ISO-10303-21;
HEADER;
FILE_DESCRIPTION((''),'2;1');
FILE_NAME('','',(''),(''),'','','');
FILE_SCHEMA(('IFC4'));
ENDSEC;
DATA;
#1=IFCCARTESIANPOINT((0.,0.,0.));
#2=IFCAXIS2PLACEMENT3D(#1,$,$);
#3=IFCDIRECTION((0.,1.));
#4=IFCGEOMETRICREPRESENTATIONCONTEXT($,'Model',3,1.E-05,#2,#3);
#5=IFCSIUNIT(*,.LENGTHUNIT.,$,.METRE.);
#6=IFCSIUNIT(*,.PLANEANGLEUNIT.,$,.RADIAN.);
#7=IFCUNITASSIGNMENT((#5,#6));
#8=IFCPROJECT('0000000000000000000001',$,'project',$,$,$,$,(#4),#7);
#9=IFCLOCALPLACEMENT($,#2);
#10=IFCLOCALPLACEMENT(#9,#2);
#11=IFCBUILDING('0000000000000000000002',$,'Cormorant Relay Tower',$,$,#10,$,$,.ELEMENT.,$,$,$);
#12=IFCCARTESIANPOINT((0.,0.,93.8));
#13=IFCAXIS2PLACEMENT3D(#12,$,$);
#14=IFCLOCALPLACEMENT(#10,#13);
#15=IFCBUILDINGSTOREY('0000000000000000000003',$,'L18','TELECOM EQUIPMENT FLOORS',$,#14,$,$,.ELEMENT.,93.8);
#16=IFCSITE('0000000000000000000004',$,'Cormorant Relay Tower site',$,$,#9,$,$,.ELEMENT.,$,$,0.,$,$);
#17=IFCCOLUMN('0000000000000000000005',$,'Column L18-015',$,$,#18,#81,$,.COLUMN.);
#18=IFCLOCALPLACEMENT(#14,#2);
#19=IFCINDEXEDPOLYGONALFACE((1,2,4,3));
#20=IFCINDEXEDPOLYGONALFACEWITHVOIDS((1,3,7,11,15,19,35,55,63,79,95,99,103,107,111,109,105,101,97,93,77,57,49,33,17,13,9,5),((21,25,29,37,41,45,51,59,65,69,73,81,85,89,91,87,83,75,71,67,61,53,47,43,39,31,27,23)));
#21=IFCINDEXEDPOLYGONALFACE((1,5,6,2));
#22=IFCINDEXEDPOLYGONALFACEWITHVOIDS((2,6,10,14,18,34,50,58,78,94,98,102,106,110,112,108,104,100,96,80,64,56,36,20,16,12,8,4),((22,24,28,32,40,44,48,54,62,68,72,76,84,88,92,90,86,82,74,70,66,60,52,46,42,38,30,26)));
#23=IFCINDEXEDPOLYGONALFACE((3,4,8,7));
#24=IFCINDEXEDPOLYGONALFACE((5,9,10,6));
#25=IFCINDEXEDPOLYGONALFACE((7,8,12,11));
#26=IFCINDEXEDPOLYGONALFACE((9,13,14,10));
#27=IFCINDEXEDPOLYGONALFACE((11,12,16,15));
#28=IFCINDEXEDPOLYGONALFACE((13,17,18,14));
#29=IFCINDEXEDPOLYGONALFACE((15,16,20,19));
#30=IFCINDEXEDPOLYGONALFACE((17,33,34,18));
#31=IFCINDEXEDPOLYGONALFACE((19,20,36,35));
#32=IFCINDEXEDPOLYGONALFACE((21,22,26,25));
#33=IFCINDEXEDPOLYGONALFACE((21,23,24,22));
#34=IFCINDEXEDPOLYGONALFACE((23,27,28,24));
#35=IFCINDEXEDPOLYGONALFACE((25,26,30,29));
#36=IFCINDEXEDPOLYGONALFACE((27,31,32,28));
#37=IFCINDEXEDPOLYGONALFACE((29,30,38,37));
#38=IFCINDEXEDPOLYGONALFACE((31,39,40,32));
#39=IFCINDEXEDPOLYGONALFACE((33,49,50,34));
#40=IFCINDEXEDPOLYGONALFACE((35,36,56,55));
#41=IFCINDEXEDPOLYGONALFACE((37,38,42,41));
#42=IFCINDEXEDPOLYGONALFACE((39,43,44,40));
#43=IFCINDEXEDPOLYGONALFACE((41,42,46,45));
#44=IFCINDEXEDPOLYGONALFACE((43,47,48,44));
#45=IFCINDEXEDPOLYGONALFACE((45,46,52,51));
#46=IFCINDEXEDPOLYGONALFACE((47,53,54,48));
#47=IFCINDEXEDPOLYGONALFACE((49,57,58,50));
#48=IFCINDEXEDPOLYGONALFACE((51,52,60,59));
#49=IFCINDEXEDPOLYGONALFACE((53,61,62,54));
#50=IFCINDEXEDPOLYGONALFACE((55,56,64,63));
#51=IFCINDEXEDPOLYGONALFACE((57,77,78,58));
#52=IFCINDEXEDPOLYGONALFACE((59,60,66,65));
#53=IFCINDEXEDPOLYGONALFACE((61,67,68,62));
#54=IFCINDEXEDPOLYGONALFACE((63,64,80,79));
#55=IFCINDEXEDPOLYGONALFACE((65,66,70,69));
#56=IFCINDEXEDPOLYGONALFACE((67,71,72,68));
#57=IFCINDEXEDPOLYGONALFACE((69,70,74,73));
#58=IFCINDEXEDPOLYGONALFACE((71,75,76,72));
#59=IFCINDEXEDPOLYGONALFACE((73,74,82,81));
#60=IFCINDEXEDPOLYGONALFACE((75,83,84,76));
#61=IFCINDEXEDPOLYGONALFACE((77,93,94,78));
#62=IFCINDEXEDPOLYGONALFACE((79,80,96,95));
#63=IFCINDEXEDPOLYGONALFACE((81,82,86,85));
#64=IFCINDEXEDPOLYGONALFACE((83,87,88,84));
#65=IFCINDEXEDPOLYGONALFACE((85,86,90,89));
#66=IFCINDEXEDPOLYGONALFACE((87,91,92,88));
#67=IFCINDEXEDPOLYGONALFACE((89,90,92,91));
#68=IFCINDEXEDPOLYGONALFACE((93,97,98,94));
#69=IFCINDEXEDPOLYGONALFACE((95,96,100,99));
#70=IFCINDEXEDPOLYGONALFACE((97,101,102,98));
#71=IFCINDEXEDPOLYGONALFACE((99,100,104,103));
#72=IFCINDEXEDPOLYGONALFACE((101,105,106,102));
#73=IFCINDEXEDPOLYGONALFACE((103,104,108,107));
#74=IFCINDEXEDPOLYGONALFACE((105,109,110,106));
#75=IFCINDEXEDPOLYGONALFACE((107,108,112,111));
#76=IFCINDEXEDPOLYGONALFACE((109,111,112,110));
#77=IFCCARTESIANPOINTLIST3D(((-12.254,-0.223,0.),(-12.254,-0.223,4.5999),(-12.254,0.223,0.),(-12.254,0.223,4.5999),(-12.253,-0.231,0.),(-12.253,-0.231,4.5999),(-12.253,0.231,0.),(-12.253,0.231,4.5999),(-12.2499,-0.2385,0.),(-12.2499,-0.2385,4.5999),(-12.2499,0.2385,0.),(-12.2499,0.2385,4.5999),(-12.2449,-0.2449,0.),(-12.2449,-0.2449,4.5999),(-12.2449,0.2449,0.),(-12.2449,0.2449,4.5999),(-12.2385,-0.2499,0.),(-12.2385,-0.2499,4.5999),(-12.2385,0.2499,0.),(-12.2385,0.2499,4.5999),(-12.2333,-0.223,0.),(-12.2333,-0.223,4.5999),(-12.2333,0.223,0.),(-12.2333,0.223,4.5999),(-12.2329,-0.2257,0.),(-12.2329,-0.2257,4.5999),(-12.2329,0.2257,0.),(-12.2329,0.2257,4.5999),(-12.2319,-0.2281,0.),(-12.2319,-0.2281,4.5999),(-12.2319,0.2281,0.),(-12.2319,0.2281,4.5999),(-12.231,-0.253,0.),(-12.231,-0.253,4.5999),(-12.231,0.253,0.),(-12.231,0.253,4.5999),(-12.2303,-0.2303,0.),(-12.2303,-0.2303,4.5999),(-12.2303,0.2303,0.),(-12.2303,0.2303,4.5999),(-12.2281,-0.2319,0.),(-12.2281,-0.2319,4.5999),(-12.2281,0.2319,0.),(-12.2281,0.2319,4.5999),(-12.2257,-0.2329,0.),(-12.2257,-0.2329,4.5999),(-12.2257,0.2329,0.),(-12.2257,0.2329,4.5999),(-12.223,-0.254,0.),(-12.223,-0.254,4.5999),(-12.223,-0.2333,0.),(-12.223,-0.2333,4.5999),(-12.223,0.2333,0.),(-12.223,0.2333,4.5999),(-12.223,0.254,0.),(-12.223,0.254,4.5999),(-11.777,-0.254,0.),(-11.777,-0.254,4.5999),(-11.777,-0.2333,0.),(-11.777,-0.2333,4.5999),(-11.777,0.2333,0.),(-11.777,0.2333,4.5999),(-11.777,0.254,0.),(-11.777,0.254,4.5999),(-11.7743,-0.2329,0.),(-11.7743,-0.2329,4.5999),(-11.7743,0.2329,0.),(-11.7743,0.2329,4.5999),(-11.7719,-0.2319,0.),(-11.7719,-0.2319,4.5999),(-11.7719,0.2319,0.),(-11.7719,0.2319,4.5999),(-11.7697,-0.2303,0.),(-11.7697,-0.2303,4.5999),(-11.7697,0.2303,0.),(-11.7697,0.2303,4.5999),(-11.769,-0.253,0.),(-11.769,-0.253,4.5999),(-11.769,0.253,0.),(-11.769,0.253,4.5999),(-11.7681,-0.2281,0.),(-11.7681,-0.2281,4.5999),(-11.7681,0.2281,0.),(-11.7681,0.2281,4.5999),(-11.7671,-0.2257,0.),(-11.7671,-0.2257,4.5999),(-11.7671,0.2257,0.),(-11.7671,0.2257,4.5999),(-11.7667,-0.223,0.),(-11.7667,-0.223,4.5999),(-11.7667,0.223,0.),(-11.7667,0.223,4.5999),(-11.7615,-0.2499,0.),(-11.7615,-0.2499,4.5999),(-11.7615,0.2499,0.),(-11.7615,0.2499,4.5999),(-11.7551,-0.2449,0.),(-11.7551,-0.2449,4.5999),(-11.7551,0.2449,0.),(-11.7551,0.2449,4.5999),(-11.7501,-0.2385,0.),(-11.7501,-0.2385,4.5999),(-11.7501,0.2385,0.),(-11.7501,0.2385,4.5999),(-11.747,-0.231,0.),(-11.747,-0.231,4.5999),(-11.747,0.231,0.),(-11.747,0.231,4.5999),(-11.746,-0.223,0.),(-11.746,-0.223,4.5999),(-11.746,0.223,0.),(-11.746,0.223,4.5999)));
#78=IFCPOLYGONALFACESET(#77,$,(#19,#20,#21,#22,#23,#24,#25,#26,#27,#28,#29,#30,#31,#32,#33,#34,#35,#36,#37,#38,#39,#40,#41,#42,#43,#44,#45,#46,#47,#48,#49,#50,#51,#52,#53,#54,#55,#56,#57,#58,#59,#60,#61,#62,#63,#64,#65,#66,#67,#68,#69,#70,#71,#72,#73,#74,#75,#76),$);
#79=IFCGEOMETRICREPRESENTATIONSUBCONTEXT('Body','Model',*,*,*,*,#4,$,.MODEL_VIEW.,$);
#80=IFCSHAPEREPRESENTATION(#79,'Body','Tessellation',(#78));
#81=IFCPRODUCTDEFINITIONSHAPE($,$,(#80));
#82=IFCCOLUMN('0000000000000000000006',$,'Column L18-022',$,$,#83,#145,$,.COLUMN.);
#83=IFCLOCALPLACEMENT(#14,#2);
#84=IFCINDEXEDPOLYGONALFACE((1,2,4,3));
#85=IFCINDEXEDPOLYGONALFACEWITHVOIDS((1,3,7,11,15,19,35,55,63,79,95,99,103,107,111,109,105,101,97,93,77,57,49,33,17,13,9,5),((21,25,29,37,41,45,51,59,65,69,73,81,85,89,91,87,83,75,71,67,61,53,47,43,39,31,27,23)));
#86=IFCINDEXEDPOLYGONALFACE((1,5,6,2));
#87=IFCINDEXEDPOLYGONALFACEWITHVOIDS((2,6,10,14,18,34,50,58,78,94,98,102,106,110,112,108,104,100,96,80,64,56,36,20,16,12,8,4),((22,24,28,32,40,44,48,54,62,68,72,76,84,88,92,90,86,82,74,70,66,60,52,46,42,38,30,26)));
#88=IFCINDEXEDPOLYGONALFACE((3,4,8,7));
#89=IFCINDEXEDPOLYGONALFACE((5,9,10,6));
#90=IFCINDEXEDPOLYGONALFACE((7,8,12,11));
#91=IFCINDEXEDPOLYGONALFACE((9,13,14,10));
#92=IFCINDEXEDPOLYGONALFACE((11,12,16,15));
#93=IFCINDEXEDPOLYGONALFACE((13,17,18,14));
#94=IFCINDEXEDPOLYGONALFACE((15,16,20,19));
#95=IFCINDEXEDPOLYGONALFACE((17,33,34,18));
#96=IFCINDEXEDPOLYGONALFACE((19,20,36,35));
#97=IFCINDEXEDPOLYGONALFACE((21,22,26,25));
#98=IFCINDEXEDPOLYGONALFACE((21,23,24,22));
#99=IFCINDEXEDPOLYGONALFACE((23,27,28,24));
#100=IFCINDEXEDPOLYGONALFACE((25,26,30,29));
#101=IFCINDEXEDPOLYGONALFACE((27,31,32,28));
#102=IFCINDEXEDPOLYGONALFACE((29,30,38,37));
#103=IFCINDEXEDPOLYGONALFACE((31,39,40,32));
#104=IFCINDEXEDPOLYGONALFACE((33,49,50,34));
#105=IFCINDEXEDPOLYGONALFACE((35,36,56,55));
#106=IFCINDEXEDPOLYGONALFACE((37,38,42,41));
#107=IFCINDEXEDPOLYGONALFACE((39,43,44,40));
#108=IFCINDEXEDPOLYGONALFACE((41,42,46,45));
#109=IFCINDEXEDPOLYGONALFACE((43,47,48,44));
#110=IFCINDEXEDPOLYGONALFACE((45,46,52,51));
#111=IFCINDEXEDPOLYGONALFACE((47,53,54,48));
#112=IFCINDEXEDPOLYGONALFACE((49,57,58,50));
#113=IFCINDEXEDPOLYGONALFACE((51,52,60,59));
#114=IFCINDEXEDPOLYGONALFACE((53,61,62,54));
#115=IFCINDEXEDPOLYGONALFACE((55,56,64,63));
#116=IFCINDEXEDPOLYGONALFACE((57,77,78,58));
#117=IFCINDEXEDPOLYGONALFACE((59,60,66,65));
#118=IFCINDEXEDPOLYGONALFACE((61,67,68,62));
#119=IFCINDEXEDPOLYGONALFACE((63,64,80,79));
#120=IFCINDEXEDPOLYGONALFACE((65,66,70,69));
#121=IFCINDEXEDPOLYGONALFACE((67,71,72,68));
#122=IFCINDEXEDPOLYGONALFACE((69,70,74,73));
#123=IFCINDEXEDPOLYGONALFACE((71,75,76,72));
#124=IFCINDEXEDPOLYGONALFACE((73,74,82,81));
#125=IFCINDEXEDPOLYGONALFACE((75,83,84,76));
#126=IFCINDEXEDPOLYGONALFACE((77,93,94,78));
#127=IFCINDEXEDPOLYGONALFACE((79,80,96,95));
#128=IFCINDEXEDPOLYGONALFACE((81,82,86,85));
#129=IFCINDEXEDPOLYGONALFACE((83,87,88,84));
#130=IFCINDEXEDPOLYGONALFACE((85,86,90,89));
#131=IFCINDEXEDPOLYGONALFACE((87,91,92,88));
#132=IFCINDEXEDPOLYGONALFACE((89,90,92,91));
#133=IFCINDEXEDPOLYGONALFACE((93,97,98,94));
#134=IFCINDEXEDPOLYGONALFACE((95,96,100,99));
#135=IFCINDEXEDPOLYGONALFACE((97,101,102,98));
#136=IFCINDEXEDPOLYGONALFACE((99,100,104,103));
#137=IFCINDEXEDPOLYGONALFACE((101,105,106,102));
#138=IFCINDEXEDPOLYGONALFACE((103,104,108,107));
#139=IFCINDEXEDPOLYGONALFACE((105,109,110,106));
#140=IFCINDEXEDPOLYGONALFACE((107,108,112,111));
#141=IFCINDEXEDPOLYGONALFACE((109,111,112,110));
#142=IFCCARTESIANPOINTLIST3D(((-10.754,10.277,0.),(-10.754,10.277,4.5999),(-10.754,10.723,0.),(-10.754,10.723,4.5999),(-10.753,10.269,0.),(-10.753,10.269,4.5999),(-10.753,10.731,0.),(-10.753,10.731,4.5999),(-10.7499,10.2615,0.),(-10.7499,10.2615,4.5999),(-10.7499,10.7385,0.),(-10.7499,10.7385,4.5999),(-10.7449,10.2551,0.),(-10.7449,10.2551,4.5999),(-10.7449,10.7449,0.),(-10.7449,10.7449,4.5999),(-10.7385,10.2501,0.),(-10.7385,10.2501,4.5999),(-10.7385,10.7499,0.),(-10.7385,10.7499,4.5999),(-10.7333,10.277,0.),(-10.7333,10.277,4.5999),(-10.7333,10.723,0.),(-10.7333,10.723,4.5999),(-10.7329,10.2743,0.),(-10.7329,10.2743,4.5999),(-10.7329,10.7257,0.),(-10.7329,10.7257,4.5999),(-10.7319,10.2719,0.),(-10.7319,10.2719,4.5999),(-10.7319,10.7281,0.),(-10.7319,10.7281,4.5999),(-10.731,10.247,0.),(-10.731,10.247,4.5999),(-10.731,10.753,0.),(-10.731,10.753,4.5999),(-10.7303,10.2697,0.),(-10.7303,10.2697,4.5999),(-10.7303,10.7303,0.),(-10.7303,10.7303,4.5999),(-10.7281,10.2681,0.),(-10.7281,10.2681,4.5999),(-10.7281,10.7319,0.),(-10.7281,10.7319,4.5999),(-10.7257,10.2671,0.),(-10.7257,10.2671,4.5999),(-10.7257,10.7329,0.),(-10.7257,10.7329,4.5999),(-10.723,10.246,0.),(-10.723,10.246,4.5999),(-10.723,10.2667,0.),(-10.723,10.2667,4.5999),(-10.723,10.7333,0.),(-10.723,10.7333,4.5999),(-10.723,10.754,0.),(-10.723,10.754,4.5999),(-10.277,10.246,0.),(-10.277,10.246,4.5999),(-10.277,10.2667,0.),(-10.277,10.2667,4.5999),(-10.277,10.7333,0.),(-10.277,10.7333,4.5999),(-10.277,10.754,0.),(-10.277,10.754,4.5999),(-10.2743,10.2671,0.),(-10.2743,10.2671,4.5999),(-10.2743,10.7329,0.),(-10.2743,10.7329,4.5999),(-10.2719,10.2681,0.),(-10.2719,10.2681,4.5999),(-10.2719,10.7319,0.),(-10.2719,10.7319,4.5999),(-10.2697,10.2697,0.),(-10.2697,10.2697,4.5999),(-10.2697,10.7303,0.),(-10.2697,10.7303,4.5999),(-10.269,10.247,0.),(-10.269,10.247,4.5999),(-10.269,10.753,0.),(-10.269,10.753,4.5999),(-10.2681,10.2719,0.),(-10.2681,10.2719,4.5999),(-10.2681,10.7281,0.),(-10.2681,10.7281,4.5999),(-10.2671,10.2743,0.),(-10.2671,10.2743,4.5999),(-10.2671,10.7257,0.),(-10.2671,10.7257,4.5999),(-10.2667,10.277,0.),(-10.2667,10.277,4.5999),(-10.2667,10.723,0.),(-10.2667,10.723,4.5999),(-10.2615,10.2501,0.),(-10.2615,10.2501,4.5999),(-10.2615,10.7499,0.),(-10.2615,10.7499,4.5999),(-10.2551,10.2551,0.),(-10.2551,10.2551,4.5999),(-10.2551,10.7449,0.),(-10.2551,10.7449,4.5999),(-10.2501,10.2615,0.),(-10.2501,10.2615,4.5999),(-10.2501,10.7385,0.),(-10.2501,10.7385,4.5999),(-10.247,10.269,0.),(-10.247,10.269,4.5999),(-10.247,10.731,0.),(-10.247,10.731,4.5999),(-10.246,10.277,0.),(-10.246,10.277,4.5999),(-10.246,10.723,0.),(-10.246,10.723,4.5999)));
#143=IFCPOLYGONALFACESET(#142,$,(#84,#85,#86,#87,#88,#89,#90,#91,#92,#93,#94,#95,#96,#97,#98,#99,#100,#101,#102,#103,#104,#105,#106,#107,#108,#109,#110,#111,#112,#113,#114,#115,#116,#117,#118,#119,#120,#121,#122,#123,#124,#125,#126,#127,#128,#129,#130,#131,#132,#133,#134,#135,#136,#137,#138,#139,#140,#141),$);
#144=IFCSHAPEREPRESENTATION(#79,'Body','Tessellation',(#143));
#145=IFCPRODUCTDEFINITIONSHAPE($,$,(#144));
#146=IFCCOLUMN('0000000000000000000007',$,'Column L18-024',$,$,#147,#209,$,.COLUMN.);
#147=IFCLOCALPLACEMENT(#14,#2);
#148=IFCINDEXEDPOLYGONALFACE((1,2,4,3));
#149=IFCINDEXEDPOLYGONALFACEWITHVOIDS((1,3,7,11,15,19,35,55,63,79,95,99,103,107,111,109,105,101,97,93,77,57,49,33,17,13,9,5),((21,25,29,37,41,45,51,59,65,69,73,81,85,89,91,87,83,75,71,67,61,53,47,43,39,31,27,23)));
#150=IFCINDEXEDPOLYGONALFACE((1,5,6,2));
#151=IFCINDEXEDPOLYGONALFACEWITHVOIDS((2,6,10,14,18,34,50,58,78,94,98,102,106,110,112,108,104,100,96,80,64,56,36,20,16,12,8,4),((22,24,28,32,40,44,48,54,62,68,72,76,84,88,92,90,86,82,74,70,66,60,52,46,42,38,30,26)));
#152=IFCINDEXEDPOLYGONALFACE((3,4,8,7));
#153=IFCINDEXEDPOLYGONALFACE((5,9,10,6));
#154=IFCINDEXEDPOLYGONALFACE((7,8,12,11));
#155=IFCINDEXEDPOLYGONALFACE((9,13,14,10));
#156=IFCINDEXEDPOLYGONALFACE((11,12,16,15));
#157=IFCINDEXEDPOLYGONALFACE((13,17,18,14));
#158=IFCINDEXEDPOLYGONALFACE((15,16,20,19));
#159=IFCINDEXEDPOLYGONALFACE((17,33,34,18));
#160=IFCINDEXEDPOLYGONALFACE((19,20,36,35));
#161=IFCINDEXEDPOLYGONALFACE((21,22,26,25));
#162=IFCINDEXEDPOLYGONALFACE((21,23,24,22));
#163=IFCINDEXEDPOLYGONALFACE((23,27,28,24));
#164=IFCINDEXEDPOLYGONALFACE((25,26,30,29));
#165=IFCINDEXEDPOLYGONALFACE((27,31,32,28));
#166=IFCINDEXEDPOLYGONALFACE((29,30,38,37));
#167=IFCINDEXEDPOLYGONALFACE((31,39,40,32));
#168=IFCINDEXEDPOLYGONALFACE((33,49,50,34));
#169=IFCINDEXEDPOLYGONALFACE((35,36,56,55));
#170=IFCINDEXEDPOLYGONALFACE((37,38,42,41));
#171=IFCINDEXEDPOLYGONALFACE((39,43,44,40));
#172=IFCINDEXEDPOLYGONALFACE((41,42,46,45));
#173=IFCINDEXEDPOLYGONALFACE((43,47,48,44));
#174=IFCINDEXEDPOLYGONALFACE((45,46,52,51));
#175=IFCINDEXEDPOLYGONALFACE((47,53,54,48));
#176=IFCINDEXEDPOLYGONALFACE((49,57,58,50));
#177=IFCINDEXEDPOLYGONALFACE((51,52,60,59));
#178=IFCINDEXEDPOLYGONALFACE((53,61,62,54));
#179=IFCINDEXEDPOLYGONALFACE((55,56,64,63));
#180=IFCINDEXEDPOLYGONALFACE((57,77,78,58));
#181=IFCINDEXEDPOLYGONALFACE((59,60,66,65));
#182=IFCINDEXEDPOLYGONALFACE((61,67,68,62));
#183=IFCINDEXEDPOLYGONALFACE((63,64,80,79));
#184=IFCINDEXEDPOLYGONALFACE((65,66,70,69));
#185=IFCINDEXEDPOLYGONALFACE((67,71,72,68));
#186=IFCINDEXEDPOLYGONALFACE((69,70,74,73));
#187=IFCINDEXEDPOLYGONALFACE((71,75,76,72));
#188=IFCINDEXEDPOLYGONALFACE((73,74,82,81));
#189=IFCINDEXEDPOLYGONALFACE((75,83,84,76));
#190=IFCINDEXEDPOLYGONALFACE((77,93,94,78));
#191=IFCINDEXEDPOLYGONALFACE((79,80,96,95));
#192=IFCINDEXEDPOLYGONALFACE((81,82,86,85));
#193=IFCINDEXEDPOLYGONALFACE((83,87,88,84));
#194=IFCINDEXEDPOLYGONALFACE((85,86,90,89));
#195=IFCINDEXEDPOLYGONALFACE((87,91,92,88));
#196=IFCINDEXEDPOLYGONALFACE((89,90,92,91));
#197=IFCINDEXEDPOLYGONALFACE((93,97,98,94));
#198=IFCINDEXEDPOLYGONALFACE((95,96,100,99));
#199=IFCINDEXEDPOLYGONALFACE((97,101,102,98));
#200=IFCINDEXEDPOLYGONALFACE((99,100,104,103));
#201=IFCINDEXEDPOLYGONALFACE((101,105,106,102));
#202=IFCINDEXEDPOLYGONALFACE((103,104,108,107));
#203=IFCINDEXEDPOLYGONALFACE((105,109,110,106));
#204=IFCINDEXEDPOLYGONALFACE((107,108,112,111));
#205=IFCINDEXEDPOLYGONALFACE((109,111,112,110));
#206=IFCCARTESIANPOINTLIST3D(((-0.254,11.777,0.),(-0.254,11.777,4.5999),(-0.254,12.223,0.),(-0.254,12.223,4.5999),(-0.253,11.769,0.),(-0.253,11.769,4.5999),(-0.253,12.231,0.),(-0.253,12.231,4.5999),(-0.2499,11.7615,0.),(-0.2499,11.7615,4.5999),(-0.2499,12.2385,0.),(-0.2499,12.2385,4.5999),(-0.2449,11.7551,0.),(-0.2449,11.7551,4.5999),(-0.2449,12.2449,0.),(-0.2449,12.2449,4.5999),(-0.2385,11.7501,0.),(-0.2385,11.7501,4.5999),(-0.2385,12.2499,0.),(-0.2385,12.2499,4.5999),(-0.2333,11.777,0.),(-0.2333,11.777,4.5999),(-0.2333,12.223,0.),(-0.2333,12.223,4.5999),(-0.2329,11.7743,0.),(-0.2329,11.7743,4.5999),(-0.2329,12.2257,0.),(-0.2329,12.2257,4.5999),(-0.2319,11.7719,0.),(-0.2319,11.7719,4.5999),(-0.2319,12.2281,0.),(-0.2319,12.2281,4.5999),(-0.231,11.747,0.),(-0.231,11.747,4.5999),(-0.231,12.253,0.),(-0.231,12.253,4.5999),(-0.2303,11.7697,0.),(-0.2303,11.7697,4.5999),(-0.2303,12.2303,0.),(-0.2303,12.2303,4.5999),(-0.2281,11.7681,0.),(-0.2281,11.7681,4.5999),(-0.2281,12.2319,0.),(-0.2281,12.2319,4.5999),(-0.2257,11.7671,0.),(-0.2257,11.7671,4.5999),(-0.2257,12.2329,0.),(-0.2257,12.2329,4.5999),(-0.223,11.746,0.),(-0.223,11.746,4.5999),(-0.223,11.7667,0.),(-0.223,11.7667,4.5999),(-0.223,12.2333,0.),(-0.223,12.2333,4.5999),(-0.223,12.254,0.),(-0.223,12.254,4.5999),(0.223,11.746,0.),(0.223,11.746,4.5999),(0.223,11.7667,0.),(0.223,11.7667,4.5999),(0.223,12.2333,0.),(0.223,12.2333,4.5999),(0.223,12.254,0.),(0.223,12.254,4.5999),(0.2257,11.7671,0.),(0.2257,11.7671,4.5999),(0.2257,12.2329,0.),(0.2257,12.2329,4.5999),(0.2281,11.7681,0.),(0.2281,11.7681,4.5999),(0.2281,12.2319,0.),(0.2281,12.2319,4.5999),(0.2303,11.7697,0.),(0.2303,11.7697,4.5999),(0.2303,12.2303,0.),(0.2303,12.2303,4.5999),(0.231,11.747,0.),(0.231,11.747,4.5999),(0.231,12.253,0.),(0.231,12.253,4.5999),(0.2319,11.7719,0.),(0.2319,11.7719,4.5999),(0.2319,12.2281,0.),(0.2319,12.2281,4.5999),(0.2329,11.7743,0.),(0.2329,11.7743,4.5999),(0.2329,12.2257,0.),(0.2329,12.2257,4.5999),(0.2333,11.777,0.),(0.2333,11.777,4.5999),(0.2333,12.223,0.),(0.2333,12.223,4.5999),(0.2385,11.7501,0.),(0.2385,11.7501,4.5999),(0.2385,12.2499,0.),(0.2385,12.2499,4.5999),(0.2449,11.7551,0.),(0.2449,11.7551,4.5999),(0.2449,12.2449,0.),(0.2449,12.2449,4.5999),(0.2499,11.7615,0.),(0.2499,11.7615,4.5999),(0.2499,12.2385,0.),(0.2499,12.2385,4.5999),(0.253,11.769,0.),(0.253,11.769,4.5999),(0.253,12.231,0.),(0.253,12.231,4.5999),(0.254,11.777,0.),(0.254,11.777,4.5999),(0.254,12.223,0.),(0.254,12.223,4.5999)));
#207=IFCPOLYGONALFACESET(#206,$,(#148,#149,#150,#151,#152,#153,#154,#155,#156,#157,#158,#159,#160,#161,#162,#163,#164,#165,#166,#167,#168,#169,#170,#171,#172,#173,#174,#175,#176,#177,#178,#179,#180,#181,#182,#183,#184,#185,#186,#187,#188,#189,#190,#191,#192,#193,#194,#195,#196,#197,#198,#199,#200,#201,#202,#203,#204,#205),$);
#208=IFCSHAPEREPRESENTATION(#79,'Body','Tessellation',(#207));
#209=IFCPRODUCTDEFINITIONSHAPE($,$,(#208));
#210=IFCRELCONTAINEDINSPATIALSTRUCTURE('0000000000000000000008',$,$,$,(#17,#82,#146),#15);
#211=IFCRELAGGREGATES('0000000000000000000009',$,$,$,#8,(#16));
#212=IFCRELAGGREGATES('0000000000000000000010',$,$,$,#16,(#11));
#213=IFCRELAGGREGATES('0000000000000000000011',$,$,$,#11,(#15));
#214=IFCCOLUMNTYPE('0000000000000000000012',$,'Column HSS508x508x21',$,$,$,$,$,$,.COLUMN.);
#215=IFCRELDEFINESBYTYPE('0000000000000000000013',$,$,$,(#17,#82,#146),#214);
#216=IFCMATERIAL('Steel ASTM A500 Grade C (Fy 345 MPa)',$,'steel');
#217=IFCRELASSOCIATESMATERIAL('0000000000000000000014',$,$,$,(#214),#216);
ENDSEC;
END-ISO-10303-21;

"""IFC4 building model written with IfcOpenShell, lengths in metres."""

from ifc_helpers import new_model, si_unit, direction, frame, origin, origin_2d, place, context, subcontext, project, spatial, hollow_rectangle, extrude, material, material_profile, profile_set, type_object, element, save


model = new_model("IFC4")

# Units and contexts
model_context = context("Model", 3, precision=1e-05, world=origin(), true_north=direction((0.0, 1.0)))
body_context = subcontext(model_context, "Body", "Model", "MODEL_VIEW")
ifc_project = project(units=[si_unit("LENGTHUNIT", "METRE"), si_unit("PLANEANGLEUNIT", "RADIAN")], contexts=[model_context])

# Site, building, storey
site_placement = place(None, origin())
site = spatial("IfcSite", under=ifc_project, at=site_placement, Name="Cormorant Relay Tower site", CompositionType="ELEMENT", RefElevation=0.0)
building_placement = place(site_placement, origin())
building = spatial("IfcBuilding", under=site, at=building_placement, Name="Cormorant Relay Tower", CompositionType="ELEMENT")
storey_placement = place(building_placement, frame((0.0, 0.0, 93.8)))
storey = spatial("IfcBuildingStorey", under=building, at=storey_placement, Name="L18", Description="TELECOM EQUIPMENT FLOORS", CompositionType="ELEMENT", Elevation=93.8)

# Columns
ifc_material_1 = material(Name="Steel ASTM A500 Grade C (Fy 345 MPa)", Category="steel")
ifc_material_profile = material_profile(ifc_material_1, hollow_rectangle(XDim=0.5081, YDim=0.5081, WallThickness=0.0208, InnerFilletRadius=0.0103, OuterFilletRadius=0.031, at=origin_2d()), Name="HSS508x508x21")
ifc_profile_set = profile_set([ifc_material_profile], Name="Steel ASTM A500 Grade C (Fy 345 MPa)")
column_type = type_object("IfcColumnType", Name="Column HSS508x508x21", PredefinedType="COLUMN", material=ifc_profile_set)
for number, where, z_axis, x_axis, name in (
    (1, (-12.0, 0.0, 0.0), (0.0, 0.0, 1.0), (1.0, 0.0, 0.0), "Column L18-015"),
    (2, (-10.5, 10.5, 0.0), (0.0, 0.0, 1.0), (1.0, 0.0, 0.0), "Column L18-022"),
    (3, (0.0, 12.0, 0.0), (0.0, 0.0, 1.0), (1.0, 0.0, 0.0), "Column L18-024"),
):
    element("IfcColumn", number, at=place(storey_placement, frame(where, z_axis=z_axis, x_axis=x_axis)), inside=storey, type_object=column_type, Name=name, PredefinedType="COLUMN", context=body_context, shape_type="SweptSolid", body=[
        extrude(hollow_rectangle(XDim=0.5081, YDim=0.5081, WallThickness=0.0208, InnerFilletRadius=0.0103, OuterFilletRadius=0.031, at=origin_2d()), origin(), (0.0, 0.0, 1.0), 4.5999),
    ])

save(model, "model.ifc")
